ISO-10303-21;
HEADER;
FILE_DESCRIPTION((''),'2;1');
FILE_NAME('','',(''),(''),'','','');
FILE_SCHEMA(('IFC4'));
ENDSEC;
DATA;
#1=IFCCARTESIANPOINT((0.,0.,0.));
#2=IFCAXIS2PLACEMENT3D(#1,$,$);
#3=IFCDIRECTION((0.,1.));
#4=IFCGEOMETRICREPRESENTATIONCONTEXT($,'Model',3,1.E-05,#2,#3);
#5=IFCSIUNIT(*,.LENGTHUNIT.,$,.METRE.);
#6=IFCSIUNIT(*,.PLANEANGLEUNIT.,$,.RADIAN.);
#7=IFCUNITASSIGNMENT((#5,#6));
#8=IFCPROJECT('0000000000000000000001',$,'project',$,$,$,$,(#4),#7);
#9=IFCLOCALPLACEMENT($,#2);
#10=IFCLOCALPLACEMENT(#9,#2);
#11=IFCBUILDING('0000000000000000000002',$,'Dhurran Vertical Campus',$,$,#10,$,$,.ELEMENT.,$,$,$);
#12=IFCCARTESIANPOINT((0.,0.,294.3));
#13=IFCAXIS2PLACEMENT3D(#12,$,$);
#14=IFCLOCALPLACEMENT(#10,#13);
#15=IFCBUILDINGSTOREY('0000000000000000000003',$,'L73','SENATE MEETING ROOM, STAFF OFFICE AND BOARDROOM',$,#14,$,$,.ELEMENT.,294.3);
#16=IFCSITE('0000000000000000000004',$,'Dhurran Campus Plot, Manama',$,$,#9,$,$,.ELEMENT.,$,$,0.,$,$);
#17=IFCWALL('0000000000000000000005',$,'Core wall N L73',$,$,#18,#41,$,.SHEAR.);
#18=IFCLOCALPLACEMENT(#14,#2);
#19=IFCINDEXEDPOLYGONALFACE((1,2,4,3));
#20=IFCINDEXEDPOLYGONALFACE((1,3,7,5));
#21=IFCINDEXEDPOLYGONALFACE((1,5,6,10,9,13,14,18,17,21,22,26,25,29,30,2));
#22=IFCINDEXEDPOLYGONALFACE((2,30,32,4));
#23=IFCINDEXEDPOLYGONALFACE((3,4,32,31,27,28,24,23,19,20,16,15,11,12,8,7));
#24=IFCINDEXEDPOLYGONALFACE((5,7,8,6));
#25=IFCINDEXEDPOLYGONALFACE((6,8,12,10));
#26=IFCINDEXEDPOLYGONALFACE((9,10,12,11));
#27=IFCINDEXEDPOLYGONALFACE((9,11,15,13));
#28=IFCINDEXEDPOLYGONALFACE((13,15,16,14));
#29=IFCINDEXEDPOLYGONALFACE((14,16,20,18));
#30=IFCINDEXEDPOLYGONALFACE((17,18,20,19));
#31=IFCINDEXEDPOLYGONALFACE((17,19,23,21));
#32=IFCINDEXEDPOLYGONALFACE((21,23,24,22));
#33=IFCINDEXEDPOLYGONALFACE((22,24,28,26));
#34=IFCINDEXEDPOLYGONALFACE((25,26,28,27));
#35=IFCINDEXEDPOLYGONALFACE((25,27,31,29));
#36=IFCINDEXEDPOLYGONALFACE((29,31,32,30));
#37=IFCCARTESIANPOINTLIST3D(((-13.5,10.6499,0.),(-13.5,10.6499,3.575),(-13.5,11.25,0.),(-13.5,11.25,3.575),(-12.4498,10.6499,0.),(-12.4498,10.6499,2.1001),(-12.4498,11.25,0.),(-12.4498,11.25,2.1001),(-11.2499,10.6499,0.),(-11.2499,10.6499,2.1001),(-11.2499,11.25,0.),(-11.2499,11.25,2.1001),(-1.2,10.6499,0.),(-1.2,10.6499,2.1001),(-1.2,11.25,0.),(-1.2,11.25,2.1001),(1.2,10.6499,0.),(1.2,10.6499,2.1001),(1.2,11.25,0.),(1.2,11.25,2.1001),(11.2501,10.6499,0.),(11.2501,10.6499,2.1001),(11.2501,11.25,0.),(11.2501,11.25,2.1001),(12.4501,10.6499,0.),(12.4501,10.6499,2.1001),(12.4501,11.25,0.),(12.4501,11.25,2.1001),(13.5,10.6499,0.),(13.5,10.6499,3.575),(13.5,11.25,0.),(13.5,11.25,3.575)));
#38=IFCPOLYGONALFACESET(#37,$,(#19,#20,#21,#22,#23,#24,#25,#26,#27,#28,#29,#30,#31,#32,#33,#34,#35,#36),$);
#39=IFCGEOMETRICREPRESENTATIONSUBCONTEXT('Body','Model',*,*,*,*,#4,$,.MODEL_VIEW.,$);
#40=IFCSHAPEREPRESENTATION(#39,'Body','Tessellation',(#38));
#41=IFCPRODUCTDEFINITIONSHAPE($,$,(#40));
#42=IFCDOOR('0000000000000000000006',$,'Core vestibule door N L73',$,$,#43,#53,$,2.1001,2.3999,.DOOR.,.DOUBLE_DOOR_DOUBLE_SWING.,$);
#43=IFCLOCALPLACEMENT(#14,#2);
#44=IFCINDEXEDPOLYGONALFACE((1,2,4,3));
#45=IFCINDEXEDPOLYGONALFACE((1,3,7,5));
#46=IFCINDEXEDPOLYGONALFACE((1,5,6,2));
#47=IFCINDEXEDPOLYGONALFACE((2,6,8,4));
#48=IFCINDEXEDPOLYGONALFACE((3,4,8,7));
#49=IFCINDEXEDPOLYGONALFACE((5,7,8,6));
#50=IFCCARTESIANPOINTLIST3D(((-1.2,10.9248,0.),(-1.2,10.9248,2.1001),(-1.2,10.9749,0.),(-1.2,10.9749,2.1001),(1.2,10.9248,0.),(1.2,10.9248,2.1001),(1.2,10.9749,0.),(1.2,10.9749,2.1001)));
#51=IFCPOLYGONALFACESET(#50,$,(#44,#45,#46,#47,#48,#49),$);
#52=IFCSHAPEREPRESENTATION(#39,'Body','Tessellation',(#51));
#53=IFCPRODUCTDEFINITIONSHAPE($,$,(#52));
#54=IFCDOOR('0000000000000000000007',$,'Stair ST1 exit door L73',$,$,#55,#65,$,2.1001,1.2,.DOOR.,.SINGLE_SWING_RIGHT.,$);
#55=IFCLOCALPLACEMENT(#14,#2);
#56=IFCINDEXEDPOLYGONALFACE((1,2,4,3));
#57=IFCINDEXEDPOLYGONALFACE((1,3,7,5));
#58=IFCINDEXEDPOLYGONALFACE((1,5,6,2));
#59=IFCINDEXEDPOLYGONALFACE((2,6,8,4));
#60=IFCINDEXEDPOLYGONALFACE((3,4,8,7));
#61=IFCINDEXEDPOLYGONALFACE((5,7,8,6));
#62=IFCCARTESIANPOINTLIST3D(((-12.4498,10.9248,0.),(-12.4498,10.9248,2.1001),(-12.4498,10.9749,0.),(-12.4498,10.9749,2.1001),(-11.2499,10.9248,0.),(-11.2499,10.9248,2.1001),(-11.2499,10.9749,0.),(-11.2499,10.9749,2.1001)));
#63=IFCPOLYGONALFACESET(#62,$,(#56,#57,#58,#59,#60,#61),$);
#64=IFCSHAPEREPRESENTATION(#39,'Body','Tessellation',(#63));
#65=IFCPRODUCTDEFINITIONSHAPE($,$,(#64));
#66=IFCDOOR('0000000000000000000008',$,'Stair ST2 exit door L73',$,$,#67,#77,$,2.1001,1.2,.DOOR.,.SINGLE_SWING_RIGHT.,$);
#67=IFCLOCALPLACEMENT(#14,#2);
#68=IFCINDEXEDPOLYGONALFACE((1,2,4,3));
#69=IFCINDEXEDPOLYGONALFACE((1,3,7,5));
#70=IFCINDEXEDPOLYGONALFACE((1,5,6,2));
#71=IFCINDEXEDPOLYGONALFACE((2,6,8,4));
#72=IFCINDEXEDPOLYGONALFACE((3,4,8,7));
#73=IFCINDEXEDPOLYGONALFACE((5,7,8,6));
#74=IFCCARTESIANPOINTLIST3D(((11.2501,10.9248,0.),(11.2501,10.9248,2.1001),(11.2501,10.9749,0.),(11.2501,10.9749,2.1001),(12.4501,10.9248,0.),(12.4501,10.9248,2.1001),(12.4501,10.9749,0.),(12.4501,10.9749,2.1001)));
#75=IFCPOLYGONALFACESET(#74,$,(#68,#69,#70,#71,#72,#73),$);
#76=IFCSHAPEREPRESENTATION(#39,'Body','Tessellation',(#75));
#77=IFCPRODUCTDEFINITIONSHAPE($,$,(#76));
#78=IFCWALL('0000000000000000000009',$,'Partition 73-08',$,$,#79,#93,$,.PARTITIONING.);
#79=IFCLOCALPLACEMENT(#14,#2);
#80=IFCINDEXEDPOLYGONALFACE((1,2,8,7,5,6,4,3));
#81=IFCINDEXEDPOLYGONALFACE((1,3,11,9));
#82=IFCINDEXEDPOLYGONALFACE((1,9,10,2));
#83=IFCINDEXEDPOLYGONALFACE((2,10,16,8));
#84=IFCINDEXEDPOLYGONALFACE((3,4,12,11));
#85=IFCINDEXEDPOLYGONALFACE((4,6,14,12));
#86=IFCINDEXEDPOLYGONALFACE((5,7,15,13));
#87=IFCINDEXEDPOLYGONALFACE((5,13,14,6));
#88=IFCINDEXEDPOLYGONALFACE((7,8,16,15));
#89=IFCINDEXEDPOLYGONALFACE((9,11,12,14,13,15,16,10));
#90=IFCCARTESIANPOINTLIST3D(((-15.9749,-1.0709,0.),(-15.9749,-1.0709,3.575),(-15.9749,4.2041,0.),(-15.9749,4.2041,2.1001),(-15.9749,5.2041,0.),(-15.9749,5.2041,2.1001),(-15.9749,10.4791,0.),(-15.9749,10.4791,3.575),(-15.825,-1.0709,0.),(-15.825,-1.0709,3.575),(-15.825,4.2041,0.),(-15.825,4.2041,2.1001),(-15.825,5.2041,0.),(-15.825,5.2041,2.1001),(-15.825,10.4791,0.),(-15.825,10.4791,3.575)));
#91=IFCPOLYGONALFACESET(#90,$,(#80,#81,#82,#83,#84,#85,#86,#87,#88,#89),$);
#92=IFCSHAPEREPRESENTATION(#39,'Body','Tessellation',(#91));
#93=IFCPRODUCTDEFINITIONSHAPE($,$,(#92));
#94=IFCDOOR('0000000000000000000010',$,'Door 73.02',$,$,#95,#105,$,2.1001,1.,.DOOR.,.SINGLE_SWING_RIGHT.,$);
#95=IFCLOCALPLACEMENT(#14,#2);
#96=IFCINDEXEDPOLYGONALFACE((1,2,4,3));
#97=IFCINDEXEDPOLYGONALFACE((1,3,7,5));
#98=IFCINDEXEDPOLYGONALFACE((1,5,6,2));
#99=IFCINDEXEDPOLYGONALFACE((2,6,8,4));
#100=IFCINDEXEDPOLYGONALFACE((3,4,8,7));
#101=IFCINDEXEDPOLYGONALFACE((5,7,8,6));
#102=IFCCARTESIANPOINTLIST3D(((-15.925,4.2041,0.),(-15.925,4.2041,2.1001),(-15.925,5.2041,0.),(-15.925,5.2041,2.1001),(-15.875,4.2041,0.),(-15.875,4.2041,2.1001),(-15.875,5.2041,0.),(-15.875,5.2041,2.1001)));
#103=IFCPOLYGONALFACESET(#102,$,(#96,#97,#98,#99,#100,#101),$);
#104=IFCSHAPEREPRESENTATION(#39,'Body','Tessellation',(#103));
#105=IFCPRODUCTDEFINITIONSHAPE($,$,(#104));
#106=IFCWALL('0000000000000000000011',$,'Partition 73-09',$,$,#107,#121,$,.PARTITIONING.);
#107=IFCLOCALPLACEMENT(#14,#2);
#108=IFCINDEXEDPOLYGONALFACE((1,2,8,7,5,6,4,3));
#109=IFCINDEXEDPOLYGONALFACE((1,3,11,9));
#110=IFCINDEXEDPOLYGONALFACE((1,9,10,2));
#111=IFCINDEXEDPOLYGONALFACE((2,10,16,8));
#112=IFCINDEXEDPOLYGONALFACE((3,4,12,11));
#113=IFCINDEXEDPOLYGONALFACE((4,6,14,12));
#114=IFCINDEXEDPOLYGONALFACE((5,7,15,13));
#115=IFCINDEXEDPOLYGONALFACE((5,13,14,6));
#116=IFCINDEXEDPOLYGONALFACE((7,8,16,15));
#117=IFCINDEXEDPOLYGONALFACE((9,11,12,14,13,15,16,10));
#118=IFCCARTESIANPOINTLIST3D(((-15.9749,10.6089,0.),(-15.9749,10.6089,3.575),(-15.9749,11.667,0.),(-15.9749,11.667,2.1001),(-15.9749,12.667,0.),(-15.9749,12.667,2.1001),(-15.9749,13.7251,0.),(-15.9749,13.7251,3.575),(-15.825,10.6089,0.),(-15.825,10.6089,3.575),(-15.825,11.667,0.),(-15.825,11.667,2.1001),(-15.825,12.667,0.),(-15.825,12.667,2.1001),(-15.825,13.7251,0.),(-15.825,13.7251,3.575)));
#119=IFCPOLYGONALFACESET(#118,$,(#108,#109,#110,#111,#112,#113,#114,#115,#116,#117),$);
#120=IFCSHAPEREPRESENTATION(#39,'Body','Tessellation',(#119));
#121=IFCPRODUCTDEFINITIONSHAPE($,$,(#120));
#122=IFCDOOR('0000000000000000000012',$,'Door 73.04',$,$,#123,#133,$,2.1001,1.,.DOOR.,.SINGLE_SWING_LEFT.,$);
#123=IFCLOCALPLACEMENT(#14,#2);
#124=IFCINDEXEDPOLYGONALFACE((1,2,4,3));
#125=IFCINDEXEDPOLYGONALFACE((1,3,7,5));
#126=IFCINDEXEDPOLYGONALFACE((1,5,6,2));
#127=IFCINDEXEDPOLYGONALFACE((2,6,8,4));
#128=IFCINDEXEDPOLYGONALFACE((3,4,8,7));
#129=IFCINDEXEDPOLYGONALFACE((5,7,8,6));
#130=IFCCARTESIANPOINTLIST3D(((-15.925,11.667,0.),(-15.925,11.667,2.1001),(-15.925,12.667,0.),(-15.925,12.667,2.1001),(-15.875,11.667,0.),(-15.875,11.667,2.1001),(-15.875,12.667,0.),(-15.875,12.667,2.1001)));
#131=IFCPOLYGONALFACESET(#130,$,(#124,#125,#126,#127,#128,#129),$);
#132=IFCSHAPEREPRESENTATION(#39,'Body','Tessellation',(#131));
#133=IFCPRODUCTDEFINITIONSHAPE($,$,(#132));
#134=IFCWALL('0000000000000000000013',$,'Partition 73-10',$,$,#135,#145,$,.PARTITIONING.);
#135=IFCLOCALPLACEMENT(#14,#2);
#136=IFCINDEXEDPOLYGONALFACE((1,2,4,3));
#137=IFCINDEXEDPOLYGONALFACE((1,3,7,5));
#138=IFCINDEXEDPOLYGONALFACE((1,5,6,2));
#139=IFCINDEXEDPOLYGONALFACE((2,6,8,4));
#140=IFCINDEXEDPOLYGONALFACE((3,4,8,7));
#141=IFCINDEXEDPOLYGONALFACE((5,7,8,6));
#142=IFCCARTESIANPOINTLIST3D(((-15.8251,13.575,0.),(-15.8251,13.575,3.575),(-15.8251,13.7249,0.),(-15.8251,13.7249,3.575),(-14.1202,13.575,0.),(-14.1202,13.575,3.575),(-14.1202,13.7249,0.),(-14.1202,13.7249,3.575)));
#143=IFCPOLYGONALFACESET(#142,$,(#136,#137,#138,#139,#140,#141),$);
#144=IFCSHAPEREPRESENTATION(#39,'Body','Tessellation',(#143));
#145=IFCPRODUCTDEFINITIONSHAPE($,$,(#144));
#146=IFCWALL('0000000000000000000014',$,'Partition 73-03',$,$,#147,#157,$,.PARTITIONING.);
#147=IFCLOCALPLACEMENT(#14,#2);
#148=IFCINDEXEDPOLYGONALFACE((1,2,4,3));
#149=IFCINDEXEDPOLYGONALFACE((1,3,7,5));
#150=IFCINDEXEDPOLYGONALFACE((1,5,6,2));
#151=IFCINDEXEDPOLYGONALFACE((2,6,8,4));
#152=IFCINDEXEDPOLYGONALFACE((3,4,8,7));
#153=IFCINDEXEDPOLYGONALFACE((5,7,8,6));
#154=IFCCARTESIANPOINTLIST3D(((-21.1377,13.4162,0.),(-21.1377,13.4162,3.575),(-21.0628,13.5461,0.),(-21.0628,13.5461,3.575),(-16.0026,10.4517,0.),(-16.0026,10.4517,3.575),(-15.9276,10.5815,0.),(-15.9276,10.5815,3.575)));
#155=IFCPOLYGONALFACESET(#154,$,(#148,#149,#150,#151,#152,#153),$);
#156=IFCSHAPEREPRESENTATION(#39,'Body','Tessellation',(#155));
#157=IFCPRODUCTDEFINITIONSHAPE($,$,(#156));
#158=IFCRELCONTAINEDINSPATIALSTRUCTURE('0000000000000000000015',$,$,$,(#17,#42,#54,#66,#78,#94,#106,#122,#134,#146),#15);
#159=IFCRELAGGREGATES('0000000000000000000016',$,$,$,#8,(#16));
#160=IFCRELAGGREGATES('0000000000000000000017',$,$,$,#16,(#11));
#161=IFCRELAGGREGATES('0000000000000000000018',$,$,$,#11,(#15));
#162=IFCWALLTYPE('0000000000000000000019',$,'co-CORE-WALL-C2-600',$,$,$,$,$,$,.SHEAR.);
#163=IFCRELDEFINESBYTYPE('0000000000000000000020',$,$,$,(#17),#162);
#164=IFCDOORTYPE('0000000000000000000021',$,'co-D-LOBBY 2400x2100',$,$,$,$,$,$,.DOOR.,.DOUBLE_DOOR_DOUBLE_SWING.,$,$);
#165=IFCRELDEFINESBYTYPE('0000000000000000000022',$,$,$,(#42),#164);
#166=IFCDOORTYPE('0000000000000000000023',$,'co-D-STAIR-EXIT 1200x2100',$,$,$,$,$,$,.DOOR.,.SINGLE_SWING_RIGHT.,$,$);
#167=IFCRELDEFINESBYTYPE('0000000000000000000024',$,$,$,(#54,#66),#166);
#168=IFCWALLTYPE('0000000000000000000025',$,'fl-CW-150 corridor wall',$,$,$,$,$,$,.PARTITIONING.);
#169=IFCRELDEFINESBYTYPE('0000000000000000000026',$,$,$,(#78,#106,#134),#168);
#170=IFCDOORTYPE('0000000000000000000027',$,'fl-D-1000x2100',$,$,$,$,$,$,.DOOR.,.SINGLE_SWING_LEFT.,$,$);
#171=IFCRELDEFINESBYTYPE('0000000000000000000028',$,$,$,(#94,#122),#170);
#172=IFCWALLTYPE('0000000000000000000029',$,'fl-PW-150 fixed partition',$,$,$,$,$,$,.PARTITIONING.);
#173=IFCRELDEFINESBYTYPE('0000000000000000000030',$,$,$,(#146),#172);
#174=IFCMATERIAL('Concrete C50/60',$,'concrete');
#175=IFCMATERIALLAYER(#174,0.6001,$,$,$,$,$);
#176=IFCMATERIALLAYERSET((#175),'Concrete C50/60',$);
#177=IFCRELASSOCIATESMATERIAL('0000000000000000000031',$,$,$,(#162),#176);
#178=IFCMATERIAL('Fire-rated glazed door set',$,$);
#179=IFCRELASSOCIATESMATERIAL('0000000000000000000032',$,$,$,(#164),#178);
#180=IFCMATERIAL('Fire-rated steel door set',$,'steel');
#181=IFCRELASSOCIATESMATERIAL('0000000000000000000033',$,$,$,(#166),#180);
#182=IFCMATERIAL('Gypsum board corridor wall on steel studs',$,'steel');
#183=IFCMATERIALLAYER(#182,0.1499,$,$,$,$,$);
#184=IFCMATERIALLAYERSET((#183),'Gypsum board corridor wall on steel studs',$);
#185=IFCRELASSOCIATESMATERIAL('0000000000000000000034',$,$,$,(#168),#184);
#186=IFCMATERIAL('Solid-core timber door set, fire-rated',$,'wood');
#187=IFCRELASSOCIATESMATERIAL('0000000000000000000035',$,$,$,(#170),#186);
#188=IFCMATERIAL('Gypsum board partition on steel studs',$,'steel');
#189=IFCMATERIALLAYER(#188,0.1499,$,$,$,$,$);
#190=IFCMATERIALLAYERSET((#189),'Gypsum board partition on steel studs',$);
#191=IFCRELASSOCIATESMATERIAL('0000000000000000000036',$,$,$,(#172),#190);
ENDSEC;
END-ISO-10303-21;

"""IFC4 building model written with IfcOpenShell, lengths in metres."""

from ifc_helpers import new_model, si_unit, direction, frame, frame_2d, origin, place, context, subcontext, project, spatial, rectangle, extrude, material, layer, layer_set, type_object, element, fill, save


model = new_model("IFC4")

# Units and contexts
model_context = context("Model", 3, precision=1e-05, world=origin(), true_north=direction((0.0, 1.0)))
body_context = subcontext(model_context, "Body", "Model", "MODEL_VIEW")
ifc_project = project(units=[si_unit("LENGTHUNIT", "METRE"), si_unit("PLANEANGLEUNIT", "RADIAN")], contexts=[model_context])

# Site, building, storey
site_placement = place(None, origin())
site = spatial("IfcSite", under=ifc_project, at=site_placement, Name="Dhurran Campus Plot, Manama", CompositionType="ELEMENT", RefElevation=0.0)
building_placement = place(site_placement, origin())
building = spatial("IfcBuilding", under=site, at=building_placement, Name="Dhurran Vertical Campus", CompositionType="ELEMENT")
storey_placement = place(building_placement, frame((0.0, 0.0, 294.3)))
storey = spatial("IfcBuildingStorey", under=building, at=storey_placement, Name="L73", Description="SENATE MEETING ROOM, STAFF OFFICE AND BOARDROOM", CompositionType="ELEMENT", Elevation=294.3)

# Wall, openings, doors
ifc_material_1 = material(Name="Concrete C50/60", Category="concrete")
ifc_layer_1 = layer(ifc_material_1, 0.6001)
ifc_layer_set_1 = layer_set([ifc_layer_1], Name="Concrete C50/60")
wall_type_1 = type_object("IfcWallType", Name="co-CORE-WALL-C2-600", PredefinedType="SHEAR", material=ifc_layer_set_1)
wall_1_placement = place(storey_placement, frame((-13.5, 10.95, 0.0), z_axis=(0.0, 0.0, 1.0), x_axis=(1.0, 0.0, 0.0)))
wall_1 = element("IfcWall", 1, at=wall_1_placement, inside=storey, type_object=wall_type_1, Name="Core wall N L73", PredefinedType="SHEAR", context=body_context, shape_type="SweptSolid", body=[
    extrude(rectangle(XDim=27.0, YDim=0.6001, at=frame_2d((13.5, 0.0))), origin(), (0.0, 0.0, 1.0), 3.575),
])
opening_1_placement = place(wall_1_placement, frame((12.3, 0.0, 0.0)))
opening_1 = element("IfcOpeningElement", 2, at=opening_1_placement, cuts=wall_1, PredefinedType="OPENING", context=body_context, shape_type="SweptSolid", body=[
    extrude(rectangle(XDim=2.3999, YDim=2.1001, at=frame_2d((1.2, 1.05))), frame((0.0, 0.3101, 0.0), z_axis=(0.0, -1.0, 0.0), x_axis=(1.0, 0.0, 0.0)), (0.0, 0.0, 1.0), 0.6201),
])
opening_2_placement = place(wall_1_placement, frame((1.05, 0.0, 0.0)))
opening_2 = element("IfcOpeningElement", 3, at=opening_2_placement, cuts=wall_1, PredefinedType="OPENING", context=body_context, shape_type="SweptSolid", body=[
    extrude(rectangle(XDim=1.2, YDim=2.1001, at=frame_2d((0.6001, 1.05))), frame((0.0, 0.3101, 0.0), z_axis=(0.0, -1.0, 0.0), x_axis=(1.0, 0.0, 0.0)), (0.0, 0.0, 1.0), 0.6201),
])
opening_3_placement = place(wall_1_placement, frame((24.75, 0.0, 0.0)))
opening_3 = element("IfcOpeningElement", 4, at=opening_3_placement, cuts=wall_1, PredefinedType="OPENING", context=body_context, shape_type="SweptSolid", body=[
    extrude(rectangle(XDim=1.2, YDim=2.1001, at=frame_2d((0.6001, 1.05))), frame((0.0, 0.3101, 0.0), z_axis=(0.0, -1.0, 0.0), x_axis=(1.0, 0.0, 0.0)), (0.0, 0.0, 1.0), 0.6201),
])
ifc_material_2 = material(Name="Fire-rated glazed door set")
door_type_1 = type_object("IfcDoorType", Name="co-D-LOBBY 2400x2100", OperationType="DOUBLE_DOOR_DOUBLE_SWING", PredefinedType="DOOR", material=ifc_material_2)
door_1_placement = place(opening_1_placement, origin())
door_1 = element("IfcDoor", 5, at=door_1_placement, inside=storey, type_object=door_type_1, Name="Core vestibule door N L73", OperationType="DOUBLE_DOOR_DOUBLE_SWING", OverallHeight=2.1001, OverallWidth=2.3999, PredefinedType="DOOR", context=body_context, shape_type="SweptSolid", body=[
    extrude(rectangle(XDim=2.3999, YDim=2.1001, at=frame_2d((1.2, 1.05))), frame((0.0, 0.0249, 0.0), z_axis=(0.0, -1.0, 0.0), x_axis=(1.0, 0.0, 0.0)), (0.0, 0.0, 1.0), 0.05),
])
fill(opening_1, door_1)
ifc_material_3 = material(Name="Fire-rated steel door set", Category="steel")
door_type_2 = type_object("IfcDoorType", Name="co-D-STAIR-EXIT 1200x2100", OperationType="SINGLE_SWING_RIGHT", PredefinedType="DOOR", material=ifc_material_3)
door_2_placement = place(opening_2_placement, origin())
door_2 = element("IfcDoor", 6, at=door_2_placement, inside=storey, type_object=door_type_2, Name="Stair ST1 exit door L73", OperationType="SINGLE_SWING_RIGHT", OverallHeight=2.1001, OverallWidth=1.2, PredefinedType="DOOR", context=body_context, shape_type="SweptSolid", body=[
    extrude(rectangle(XDim=1.2, YDim=2.1001, at=frame_2d((0.6001, 1.05))), frame((0.0, 0.0249, 0.0), z_axis=(0.0, -1.0, 0.0), x_axis=(1.0, 0.0, 0.0)), (0.0, 0.0, 1.0), 0.05),
])
fill(opening_2, door_2)
door_3_placement = place(opening_3_placement, origin())
door_3 = element("IfcDoor", 7, at=door_3_placement, inside=storey, type_object=door_type_2, Name="Stair ST2 exit door L73", OperationType="SINGLE_SWING_RIGHT", OverallHeight=2.1001, OverallWidth=1.2, PredefinedType="DOOR", context=body_context, shape_type="SweptSolid", body=[
    extrude(rectangle(XDim=1.2, YDim=2.1001, at=frame_2d((0.6001, 1.05))), frame((0.0, 0.0249, 0.0), z_axis=(0.0, -1.0, 0.0), x_axis=(1.0, 0.0, 0.0)), (0.0, 0.0, 1.0), 0.05),
])
fill(opening_3, door_3)

# Walls, openings, doors
ifc_material_4 = material(Name="Gypsum board corridor wall on steel studs", Category="steel")
ifc_layer_2 = layer(ifc_material_4, 0.1499)
ifc_layer_set_2 = layer_set([ifc_layer_2], Name="Gypsum board corridor wall on steel studs")
wall_type_2 = type_object("IfcWallType", Name="fl-CW-150 corridor wall", PredefinedType="PARTITIONING", material=ifc_layer_set_2)
wall_2_placement = place(storey_placement, frame((-15.8999, 10.479, 0.0), z_axis=(0.0, 0.0, 1.0), x_axis=(0.0, -1.0, 0.0)))
wall_2 = element("IfcWall", 8, at=wall_2_placement, inside=storey, type_object=wall_type_2, Name="Partition 73-08", PredefinedType="PARTITIONING", context=body_context, shape_type="SweptSolid", body=[
    extrude(rectangle(XDim=11.55, YDim=0.1499, at=frame_2d((5.7749, 0.0))), origin(), (0.0, 0.0, 1.0), 3.575),
])
opening_4_placement = place(wall_2_placement, frame((5.2749, 0.0, 0.0)))
opening_4 = element("IfcOpeningElement", 9, at=opening_4_placement, cuts=wall_2, PredefinedType="OPENING", context=body_context, shape_type="SweptSolid", body=[
    extrude(rectangle(XDim=1.0, YDim=2.1001, at=frame_2d((0.5, 1.05))), frame((0.0, 0.085, 0.0), z_axis=(0.0, -1.0, 0.0), x_axis=(1.0, 0.0, 0.0)), (0.0, 0.0, 1.0), 0.1699),
])
ifc_material_5 = material(Name="Solid-core timber door set, fire-rated", Category="wood")
door_type_3 = type_object("IfcDoorType", Name="fl-D-1000x2100", OperationType="SINGLE_SWING_LEFT", PredefinedType="DOOR", material=ifc_material_5)
door_4_placement = place(opening_4_placement, origin())
door_4 = element("IfcDoor", 10, at=door_4_placement, inside=storey, type_object=door_type_3, Name="Door 73.02", OperationType="SINGLE_SWING_RIGHT", OverallHeight=2.1001, OverallWidth=1.0, PredefinedType="DOOR", context=body_context, shape_type="SweptSolid", body=[
    extrude(rectangle(XDim=1.0, YDim=2.1001, at=frame_2d((0.5, 1.05))), frame((0.0, 0.0249, 0.0), z_axis=(0.0, -1.0, 0.0), x_axis=(1.0, 0.0, 0.0)), (0.0, 0.0, 1.0), 0.05),
])
fill(opening_4, door_4)
wall_3_placement = place(storey_placement, frame((-15.8999, 13.7251, 0.0), z_axis=(0.0, 0.0, 1.0), x_axis=(0.0, -1.0, 0.0)))
wall_3 = element("IfcWall", 11, at=wall_3_placement, inside=storey, type_object=wall_type_2, Name="Partition 73-09", PredefinedType="PARTITIONING", context=body_context, shape_type="SweptSolid", body=[
    extrude(rectangle(XDim=3.1162, YDim=0.1499, at=frame_2d((1.5581, 0.0))), origin(), (0.0, 0.0, 1.0), 3.575),
])
opening_5_placement = place(wall_3_placement, frame((1.0581, 0.0, 0.0)))
opening_5 = element("IfcOpeningElement", 12, at=opening_5_placement, cuts=wall_3, PredefinedType="OPENING", context=body_context, shape_type="SweptSolid", body=[
    extrude(rectangle(XDim=1.0, YDim=2.1001, at=frame_2d((0.5, 1.05))), frame((0.0, 0.085, 0.0), z_axis=(0.0, -1.0, 0.0), x_axis=(1.0, 0.0, 0.0)), (0.0, 0.0, 1.0), 0.1699),
])
door_5_placement = place(opening_5_placement, origin())
door_5 = element("IfcDoor", 13, at=door_5_placement, inside=storey, type_object=door_type_3, Name="Door 73.04", OperationType="SINGLE_SWING_LEFT", OverallHeight=2.1001, OverallWidth=1.0, PredefinedType="DOOR", context=body_context, shape_type="SweptSolid", body=[
    extrude(rectangle(XDim=1.0, YDim=2.1001, at=frame_2d((0.5, 1.05))), frame((0.0, 0.0249, 0.0), z_axis=(0.0, -1.0, 0.0), x_axis=(1.0, 0.0, 0.0)), (0.0, 0.0, 1.0), 0.05),
])
fill(opening_5, door_5)

# Walls
wall_4_placement = place(storey_placement, frame((-14.1201, 13.6499, 0.0), z_axis=(0.0, 0.0, 1.0), x_axis=(-1.0, 0.0, 0.0)))
element("IfcWall", 14, at=wall_4_placement, inside=storey, type_object=wall_type_2, Name="Partition 73-10", PredefinedType="PARTITIONING", context=body_context, shape_type="SweptSolid", body=[
    extrude(rectangle(XDim=1.7048, YDim=0.1499, at=frame_2d((0.8525, 0.0))), origin(), (0.0, 0.0, 1.0), 3.575),
])
ifc_material_6 = material(Name="Gypsum board partition on steel studs", Category="steel")
ifc_layer_3 = layer(ifc_material_6, 0.1499)
ifc_layer_set_3 = layer_set([ifc_layer_3], Name="Gypsum board partition on steel studs")
wall_type_3 = type_object("IfcWallType", Name="fl-PW-150 fixed partition", PredefinedType="PARTITIONING", material=ifc_layer_set_3)
wall_5_placement = place(storey_placement, frame((-21.1003, 13.4812, 0.0), z_axis=(0.0, 0.0, 1.0), x_axis=(0.866043, -0.49997, 0.0)))
element("IfcWall", 15, at=wall_5_placement, inside=storey, type_object=wall_type_3, Name="Partition 73-03", PredefinedType="PARTITIONING", context=body_context, shape_type="SweptSolid", body=[
    extrude(rectangle(XDim=5.9294, YDim=0.1499, at=frame_2d((2.9648, 0.0))), origin(), (0.0, 0.0, 1.0), 3.575),
])

save(model, "model.ifc")
